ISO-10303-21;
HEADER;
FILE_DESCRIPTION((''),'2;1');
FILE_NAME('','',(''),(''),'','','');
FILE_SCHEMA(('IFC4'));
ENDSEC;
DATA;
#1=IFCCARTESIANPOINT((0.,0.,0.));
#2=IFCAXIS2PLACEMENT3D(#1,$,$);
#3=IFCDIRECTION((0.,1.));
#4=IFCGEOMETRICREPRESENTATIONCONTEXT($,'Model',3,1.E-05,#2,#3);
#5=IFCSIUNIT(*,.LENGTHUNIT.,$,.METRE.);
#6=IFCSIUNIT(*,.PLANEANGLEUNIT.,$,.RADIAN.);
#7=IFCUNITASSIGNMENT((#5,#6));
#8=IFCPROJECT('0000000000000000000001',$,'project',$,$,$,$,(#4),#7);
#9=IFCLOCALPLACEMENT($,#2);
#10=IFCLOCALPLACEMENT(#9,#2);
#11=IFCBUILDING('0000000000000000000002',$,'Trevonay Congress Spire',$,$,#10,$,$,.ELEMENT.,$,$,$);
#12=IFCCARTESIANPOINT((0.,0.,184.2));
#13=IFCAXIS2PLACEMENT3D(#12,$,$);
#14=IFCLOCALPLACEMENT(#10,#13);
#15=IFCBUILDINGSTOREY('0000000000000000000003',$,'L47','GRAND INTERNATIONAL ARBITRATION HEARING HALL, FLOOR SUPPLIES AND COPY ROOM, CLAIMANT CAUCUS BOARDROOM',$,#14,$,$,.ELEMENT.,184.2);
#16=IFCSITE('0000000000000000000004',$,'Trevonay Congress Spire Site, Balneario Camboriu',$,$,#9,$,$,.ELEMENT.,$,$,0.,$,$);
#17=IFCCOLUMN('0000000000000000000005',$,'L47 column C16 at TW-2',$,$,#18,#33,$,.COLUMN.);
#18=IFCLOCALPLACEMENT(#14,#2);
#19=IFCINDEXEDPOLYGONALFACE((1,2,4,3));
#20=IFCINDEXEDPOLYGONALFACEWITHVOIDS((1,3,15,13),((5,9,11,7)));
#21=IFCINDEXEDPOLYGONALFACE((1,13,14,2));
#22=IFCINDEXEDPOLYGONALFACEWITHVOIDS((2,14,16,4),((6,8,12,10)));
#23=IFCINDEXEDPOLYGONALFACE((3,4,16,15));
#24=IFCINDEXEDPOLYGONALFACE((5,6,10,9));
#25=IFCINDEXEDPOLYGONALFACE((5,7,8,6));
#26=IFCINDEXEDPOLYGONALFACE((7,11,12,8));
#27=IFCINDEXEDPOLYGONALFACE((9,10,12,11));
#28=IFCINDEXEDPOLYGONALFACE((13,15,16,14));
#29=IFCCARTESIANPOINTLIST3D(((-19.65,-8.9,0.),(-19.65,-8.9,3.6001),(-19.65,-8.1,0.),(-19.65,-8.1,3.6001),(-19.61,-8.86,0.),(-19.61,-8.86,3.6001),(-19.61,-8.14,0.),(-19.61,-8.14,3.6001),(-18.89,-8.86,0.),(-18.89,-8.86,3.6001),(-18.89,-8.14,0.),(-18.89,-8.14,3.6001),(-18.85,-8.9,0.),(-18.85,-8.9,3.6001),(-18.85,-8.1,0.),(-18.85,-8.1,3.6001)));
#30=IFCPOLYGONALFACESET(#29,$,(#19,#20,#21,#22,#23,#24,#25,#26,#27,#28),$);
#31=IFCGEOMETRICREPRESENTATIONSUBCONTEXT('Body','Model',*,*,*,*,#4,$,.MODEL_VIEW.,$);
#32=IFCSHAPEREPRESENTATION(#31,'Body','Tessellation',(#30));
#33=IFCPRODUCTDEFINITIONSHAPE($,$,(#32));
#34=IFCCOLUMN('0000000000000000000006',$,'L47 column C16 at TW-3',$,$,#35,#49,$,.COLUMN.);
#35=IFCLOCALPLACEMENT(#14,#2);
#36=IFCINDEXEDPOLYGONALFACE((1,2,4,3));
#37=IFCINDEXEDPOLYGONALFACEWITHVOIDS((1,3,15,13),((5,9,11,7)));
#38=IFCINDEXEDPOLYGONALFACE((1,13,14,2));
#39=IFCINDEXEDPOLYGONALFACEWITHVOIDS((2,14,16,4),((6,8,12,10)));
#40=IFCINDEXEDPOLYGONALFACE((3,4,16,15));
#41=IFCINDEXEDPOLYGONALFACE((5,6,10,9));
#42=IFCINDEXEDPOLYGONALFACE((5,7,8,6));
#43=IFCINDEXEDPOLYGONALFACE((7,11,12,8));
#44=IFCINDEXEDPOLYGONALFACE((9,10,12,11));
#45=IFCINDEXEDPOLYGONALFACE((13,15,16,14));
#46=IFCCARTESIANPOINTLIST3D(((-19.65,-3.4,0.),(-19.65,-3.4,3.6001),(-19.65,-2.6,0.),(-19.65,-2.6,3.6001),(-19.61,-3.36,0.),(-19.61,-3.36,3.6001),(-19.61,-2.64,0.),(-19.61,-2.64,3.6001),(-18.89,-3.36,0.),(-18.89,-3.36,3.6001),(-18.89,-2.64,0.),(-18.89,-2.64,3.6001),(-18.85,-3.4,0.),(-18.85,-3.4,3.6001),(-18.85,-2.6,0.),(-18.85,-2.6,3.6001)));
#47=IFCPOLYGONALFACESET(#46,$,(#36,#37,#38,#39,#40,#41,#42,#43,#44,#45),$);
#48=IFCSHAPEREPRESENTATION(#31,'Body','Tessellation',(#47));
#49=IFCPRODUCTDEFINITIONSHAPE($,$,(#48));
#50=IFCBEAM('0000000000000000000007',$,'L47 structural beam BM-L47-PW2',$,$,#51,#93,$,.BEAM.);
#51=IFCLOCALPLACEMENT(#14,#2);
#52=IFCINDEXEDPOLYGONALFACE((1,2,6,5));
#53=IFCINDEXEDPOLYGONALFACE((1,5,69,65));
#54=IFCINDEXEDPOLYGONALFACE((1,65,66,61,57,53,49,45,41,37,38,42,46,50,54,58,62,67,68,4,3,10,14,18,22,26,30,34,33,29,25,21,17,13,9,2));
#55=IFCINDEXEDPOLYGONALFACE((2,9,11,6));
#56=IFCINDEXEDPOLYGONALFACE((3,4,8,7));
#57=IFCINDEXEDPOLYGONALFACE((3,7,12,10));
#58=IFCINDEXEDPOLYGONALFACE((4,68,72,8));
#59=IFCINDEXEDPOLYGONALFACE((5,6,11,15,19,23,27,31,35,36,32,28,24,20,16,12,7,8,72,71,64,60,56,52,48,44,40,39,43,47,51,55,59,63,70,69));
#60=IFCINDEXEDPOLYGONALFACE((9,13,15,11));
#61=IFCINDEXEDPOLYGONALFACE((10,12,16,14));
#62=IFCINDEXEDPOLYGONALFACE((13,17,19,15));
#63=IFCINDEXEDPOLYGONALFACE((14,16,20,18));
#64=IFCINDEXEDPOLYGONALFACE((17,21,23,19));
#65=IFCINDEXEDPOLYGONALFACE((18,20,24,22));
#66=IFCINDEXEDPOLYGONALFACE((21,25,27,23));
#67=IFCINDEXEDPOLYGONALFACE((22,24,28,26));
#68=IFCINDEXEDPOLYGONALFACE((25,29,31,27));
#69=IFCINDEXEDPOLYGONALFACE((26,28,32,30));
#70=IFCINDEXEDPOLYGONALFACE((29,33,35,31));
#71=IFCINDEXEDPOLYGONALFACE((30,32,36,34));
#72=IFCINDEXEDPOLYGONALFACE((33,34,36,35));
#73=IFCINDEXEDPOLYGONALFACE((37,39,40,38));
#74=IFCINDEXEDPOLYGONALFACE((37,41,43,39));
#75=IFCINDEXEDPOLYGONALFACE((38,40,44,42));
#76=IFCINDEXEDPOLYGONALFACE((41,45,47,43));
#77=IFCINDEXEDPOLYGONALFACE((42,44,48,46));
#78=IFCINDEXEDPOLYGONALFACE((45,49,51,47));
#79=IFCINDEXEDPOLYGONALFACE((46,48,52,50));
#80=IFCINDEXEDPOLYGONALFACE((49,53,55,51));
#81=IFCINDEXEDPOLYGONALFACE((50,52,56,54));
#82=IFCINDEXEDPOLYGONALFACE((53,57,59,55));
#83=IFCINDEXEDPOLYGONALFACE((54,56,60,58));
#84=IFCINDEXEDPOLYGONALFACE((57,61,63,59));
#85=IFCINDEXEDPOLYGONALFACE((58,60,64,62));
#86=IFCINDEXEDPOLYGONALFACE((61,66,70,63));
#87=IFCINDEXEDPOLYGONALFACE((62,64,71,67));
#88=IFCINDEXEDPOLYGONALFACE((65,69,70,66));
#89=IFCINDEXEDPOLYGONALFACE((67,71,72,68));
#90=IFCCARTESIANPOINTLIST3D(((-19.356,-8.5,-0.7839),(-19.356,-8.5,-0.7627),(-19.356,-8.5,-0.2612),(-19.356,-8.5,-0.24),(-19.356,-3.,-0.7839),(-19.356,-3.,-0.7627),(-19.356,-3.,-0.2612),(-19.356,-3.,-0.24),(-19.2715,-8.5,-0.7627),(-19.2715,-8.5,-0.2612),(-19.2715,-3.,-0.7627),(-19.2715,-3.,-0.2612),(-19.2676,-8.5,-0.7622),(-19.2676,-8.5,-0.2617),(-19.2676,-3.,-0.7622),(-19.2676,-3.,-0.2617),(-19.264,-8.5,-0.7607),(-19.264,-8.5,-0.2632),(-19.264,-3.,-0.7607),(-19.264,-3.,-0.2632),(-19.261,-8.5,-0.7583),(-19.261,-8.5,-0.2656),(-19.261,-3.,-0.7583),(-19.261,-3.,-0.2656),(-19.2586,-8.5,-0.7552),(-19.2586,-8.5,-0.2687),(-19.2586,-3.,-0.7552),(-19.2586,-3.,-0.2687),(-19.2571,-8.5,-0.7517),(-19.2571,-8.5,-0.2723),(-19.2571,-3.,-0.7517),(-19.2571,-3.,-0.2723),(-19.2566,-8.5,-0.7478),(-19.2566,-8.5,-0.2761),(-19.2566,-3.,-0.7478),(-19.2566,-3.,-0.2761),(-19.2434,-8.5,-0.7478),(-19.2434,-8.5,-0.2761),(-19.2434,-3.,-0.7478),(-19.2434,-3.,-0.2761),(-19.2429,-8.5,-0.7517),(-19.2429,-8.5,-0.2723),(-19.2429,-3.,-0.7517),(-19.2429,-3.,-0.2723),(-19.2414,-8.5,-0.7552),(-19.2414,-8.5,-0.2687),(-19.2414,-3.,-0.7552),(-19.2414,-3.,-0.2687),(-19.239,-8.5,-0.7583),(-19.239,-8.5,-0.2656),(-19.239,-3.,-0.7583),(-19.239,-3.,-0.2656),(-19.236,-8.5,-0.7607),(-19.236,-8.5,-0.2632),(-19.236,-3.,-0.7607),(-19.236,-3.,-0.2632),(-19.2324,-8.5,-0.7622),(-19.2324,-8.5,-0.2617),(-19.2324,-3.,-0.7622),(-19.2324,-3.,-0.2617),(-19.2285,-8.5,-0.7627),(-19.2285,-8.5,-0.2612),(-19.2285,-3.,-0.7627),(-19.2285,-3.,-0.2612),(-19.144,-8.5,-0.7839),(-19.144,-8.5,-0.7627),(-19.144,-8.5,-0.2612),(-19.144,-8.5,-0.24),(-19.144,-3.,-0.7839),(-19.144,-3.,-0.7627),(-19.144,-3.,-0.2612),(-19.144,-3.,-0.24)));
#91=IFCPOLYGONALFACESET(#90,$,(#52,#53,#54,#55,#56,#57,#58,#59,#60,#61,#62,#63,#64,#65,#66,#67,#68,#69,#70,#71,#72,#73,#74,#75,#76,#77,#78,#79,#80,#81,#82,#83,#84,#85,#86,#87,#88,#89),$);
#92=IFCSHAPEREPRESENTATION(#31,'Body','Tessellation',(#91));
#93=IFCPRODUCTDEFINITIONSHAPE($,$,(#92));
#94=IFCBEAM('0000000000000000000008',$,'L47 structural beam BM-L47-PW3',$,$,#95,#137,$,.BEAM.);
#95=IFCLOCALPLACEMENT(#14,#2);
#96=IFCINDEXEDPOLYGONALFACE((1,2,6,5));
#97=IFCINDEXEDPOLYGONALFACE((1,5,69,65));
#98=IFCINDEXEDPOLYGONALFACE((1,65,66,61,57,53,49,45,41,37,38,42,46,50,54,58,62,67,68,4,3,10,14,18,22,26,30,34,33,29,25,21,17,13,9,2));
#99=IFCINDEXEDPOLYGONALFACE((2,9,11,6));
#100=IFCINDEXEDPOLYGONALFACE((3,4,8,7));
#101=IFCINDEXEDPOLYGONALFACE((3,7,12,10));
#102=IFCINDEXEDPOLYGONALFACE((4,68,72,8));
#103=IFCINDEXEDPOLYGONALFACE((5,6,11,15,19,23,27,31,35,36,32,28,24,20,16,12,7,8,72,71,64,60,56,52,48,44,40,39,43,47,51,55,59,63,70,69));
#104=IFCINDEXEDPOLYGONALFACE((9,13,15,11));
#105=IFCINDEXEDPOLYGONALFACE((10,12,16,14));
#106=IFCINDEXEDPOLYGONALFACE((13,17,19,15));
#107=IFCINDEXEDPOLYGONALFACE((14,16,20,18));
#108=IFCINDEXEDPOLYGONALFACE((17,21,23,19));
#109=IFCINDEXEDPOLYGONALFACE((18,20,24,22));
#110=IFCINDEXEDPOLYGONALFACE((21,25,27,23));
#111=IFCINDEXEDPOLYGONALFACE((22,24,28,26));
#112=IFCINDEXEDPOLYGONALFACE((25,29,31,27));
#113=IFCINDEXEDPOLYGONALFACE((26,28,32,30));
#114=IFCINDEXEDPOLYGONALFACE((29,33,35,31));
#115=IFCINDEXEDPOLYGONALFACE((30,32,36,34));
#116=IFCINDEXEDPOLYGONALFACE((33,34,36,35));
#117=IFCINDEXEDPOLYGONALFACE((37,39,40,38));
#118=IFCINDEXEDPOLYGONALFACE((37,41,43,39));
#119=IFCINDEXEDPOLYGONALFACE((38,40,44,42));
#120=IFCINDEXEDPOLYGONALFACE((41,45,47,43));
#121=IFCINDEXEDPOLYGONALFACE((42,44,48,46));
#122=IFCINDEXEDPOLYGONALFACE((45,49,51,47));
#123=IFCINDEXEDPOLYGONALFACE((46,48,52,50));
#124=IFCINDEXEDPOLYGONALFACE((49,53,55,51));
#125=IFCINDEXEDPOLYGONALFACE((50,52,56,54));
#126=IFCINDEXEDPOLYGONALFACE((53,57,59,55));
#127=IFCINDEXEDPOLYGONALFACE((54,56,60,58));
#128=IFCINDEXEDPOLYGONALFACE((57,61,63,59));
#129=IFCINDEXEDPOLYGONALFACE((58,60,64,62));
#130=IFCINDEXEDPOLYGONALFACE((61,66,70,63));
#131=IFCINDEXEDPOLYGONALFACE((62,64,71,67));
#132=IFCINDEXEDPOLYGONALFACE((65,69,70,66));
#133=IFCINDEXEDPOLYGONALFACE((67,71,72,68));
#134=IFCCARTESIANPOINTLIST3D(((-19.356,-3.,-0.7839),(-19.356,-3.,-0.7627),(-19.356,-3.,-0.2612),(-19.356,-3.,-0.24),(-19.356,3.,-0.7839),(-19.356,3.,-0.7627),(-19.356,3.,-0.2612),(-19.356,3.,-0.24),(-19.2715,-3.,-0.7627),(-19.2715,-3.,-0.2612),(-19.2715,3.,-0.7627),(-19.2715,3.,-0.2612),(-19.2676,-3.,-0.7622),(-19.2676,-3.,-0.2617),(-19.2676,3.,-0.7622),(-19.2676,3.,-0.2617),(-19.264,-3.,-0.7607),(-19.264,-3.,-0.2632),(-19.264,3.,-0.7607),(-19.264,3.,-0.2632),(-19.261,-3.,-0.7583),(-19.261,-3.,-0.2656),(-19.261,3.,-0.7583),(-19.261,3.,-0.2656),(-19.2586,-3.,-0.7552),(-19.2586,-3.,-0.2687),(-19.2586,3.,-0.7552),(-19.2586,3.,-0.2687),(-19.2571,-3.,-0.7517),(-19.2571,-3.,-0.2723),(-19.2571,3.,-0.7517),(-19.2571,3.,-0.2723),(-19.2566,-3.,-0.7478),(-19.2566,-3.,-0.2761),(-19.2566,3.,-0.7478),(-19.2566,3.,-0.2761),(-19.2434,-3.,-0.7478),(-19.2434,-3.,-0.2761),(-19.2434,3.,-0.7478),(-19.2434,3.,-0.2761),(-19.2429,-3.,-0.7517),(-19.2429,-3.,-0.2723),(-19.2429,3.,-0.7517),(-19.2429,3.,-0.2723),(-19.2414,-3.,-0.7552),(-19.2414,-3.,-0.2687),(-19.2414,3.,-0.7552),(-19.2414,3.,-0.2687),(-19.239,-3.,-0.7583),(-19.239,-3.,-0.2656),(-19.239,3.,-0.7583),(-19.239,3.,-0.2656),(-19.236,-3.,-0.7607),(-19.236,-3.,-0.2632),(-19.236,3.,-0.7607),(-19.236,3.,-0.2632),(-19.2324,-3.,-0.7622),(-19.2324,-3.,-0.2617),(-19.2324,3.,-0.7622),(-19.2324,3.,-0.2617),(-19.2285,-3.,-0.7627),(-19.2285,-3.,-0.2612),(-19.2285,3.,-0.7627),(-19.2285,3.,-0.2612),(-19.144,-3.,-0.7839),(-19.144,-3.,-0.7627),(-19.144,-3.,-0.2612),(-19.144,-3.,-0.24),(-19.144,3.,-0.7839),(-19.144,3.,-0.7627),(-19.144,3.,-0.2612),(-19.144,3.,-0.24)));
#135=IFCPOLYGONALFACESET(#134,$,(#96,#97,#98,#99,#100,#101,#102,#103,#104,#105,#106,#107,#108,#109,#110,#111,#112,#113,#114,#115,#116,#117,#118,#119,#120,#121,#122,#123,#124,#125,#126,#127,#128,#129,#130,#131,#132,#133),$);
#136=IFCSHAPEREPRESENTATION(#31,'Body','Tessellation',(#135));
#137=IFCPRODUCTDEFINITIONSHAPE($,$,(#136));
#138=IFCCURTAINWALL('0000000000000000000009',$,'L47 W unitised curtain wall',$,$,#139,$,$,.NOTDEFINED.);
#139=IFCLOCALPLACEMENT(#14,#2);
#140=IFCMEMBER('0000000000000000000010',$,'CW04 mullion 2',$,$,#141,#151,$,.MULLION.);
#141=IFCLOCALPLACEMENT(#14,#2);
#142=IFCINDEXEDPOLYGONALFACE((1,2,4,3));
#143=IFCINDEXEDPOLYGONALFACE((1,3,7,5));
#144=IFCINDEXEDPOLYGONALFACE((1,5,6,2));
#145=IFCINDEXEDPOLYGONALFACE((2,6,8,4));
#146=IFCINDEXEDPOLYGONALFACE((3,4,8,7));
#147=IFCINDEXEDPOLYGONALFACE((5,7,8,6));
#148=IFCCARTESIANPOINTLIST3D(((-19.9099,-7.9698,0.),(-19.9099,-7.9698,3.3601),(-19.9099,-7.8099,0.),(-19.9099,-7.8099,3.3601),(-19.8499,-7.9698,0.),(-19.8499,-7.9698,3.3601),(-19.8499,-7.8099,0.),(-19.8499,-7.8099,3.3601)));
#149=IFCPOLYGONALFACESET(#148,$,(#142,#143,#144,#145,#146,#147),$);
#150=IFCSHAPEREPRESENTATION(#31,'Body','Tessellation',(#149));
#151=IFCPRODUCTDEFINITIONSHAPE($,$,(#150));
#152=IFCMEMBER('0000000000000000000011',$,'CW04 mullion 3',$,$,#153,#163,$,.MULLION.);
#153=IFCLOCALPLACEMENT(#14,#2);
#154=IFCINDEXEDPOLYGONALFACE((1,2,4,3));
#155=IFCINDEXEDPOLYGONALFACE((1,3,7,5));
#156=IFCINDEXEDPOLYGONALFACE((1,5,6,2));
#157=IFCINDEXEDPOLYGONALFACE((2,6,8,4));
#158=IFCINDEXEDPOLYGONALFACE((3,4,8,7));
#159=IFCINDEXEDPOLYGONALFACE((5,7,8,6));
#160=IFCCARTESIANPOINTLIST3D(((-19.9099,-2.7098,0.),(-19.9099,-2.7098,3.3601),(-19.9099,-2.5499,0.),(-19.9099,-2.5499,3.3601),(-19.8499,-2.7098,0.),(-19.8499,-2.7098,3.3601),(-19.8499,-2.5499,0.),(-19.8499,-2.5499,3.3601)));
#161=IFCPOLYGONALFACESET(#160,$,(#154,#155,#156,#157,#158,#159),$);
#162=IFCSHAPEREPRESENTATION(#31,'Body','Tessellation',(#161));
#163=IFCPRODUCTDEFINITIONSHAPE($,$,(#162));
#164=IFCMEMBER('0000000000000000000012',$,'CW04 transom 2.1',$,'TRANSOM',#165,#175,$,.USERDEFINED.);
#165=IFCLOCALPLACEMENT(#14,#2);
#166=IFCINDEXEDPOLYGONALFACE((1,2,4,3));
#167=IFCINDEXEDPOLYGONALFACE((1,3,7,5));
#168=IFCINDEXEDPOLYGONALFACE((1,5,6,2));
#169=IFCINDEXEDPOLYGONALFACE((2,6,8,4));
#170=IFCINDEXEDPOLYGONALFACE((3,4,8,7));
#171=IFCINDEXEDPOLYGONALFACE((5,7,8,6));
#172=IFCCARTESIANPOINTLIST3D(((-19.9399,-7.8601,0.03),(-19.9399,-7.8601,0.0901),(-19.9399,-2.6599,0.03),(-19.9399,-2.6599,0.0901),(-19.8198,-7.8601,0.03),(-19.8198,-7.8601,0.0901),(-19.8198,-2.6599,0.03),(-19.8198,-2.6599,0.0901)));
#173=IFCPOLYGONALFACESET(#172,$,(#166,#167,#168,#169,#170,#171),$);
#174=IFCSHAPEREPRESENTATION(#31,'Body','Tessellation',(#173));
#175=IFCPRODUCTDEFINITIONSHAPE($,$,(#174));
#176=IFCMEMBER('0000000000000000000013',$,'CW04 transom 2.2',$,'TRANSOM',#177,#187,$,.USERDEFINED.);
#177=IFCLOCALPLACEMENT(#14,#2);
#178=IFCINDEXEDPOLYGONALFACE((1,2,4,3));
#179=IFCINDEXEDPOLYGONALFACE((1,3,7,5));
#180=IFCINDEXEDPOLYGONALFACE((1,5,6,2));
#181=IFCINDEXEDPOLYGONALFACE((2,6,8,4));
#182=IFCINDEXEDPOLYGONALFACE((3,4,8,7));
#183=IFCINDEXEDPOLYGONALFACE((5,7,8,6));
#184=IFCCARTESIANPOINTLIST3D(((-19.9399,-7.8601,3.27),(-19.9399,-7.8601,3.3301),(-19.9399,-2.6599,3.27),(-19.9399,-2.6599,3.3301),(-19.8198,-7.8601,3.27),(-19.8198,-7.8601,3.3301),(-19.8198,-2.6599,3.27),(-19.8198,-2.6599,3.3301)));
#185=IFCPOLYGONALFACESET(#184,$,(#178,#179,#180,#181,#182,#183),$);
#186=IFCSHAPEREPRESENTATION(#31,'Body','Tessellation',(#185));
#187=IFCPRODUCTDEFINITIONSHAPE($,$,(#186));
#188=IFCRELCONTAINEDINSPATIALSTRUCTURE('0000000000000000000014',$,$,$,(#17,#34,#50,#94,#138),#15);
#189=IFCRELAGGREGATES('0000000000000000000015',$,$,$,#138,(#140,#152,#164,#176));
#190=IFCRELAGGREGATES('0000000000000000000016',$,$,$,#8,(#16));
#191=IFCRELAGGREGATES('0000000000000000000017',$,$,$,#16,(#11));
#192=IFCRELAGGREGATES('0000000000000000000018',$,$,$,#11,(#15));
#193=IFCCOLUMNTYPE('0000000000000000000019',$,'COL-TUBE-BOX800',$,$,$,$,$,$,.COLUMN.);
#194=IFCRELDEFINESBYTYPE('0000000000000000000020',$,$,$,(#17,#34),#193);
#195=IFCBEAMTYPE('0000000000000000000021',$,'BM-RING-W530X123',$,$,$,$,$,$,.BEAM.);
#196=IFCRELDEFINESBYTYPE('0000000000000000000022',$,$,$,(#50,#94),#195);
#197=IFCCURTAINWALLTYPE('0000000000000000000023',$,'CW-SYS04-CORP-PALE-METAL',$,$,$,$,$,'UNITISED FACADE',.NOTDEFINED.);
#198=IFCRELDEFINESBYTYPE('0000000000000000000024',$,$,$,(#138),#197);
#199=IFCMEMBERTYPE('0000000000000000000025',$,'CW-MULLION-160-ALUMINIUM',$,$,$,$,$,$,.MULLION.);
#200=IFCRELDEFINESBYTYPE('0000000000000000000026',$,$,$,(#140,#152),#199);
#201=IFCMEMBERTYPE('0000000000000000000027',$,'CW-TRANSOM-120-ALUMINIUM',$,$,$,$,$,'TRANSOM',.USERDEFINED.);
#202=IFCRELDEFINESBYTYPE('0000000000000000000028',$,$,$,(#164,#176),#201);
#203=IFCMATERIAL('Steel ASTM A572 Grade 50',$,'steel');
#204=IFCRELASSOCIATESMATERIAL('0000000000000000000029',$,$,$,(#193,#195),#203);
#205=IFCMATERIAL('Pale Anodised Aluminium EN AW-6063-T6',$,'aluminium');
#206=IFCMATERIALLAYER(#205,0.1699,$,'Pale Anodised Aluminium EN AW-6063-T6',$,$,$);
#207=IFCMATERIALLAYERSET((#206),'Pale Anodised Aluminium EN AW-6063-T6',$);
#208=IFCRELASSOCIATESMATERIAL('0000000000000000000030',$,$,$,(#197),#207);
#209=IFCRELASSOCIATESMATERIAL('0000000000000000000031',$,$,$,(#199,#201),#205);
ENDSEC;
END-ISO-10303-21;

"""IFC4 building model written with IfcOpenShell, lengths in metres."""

from ifc_helpers import new_model, si_unit, direction, frame, origin, origin_2d, place, context, subcontext, project, spatial, rectangle, hollow_rectangle, i_section, extrude, material, layer, layer_set, material_profile, profile_set, type_object, element, aggregate, save


model = new_model("IFC4")

# Units and contexts
model_context = context("Model", 3, precision=1e-05, world=origin(), true_north=direction((0.0, 1.0)))
body_context = subcontext(model_context, "Body", "Model", "MODEL_VIEW")
ifc_project = project(units=[si_unit("LENGTHUNIT", "METRE"), si_unit("PLANEANGLEUNIT", "RADIAN")], contexts=[model_context])

# Site, building, storey
site_placement = place(None, origin())
site = spatial("IfcSite", under=ifc_project, at=site_placement, Name="Trevonay Congress Spire Site, Balneario Camboriu", CompositionType="ELEMENT", RefElevation=0.0)
building_placement = place(site_placement, origin())
building = spatial("IfcBuilding", under=site, at=building_placement, Name="Trevonay Congress Spire", CompositionType="ELEMENT")
storey_placement = place(building_placement, frame((0.0, 0.0, 184.2)))
storey = spatial("IfcBuildingStorey", under=building, at=storey_placement, Name="L47", Description="GRAND INTERNATIONAL ARBITRATION HEARING HALL, FLOOR SUPPLIES AND COPY ROOM, CLAIMANT CAUCUS BOARDROOM", CompositionType="ELEMENT", Elevation=184.2)

# Columns
ifc_material_1 = material(Name="Steel ASTM A572 Grade 50", Category="steel")
ifc_material_profile_1 = material_profile(ifc_material_1, hollow_rectangle(XDim=0.8, YDim=0.8, WallThickness=0.04, at=origin_2d()), Name="BOX 800x800x40")
ifc_profile_set_1 = profile_set([ifc_material_profile_1], Name="Steel ASTM A572 Grade 50")
column_type = type_object("IfcColumnType", Name="COL-TUBE-BOX800", PredefinedType="COLUMN", material=ifc_profile_set_1)
for number, where, z_axis, x_axis, name in (
    (1, (-19.25, -8.5, 0.0), (0.0, 0.0, 1.0), (1.0, 0.0, 0.0), "L47 column C16 at TW-2"),
    (2, (-19.25, -3.0, 0.0), (0.0, 0.0, 1.0), (1.0, 0.0, 0.0), "L47 column C16 at TW-3"),
):
    element("IfcColumn", number, at=place(storey_placement, frame(where, z_axis=z_axis, x_axis=x_axis)), inside=storey, type_object=column_type, Name=name, PredefinedType="COLUMN", context=body_context, shape_type="SweptSolid", body=[
        extrude(hollow_rectangle(XDim=0.8, YDim=0.8, WallThickness=0.04, at=origin_2d()), origin(), (0.0, 0.0, 1.0), 3.6001),
    ])

# Beams
ifc_material_profile_2 = material_profile(ifc_material_1, i_section(OverallWidth=0.2119, OverallDepth=0.5439, WebThickness=0.0132, FlangeThickness=0.0212, FilletRadius=0.0149, at=origin_2d()), Name="W530x123")
ifc_profile_set_2 = profile_set([ifc_material_profile_2], Name="Steel ASTM A572 Grade 50")
beam_type_1 = type_object("IfcBeamType", Name="BM-RING-W530X123", PredefinedType="BEAM", material=ifc_profile_set_2)
beam_1_placement = place(storey_placement, frame((-19.25, -8.5, -0.512), z_axis=(0.0, 1.0, 0.0), x_axis=(-1.0, 0.0, 0.0)))
element("IfcBeam", 3, at=beam_1_placement, inside=storey, type_object=beam_type_1, Name="L47 structural beam BM-L47-PW2", PredefinedType="BEAM", context=body_context, shape_type="SweptSolid", body=[
    extrude(i_section(OverallWidth=0.2119, OverallDepth=0.5439, WebThickness=0.0132, FlangeThickness=0.0212, FilletRadius=0.0149, at=origin_2d()), origin(), (0.0, 0.0, 1.0), 5.5),
])
beam_2_placement = place(storey_placement, frame((-19.25, -3.0, -0.512), z_axis=(0.0, 1.0, 0.0), x_axis=(-1.0, 0.0, 0.0)))
element("IfcBeam", 4, at=beam_2_placement, inside=storey, type_object=beam_type_1, Name="L47 structural beam BM-L47-PW3", PredefinedType="BEAM", context=body_context, shape_type="SweptSolid", body=[
    extrude(i_section(OverallWidth=0.2119, OverallDepth=0.5439, WebThickness=0.0132, FlangeThickness=0.0212, FilletRadius=0.0149, at=origin_2d()), origin(), (0.0, 0.0, 1.0), 6.0),
])

# Curtain wall, members
ifc_material_2 = material(Name="Pale Anodised Aluminium EN AW-6063-T6", Category="aluminium")
ifc_layer_1 = layer(ifc_material_2, 0.1699, Name="Pale Anodised Aluminium EN AW-6063-T6")
ifc_layer_set_1 = layer_set([ifc_layer_1], Name="Pale Anodised Aluminium EN AW-6063-T6")
curtain_wall_type = type_object("IfcCurtainWallType", Name="CW-SYS04-CORP-PALE-METAL", ElementType="UNITISED FACADE", PredefinedType="NOTDEFINED", material=ifc_layer_set_1)
curtain_wall_placement = place(storey_placement, origin())
curtain_wall = element("IfcCurtainWall", 5, at=curtain_wall_placement, inside=storey, type_object=curtain_wall_type, Name="L47 W unitised curtain wall", PredefinedType="NOTDEFINED")
ifc_material_profile_3 = material_profile(ifc_material_2, rectangle(XDim=0.0601, YDim=0.1599, at=origin_2d()), Name="CW-MULLION-160-ALUMINIUM")
ifc_profile_set_3 = profile_set([ifc_material_profile_3], Name="Pale Anodised Aluminium EN AW-6063-T6")
member_type_1 = type_object("IfcMemberType", Name="CW-MULLION-160-ALUMINIUM", PredefinedType="MULLION", material=ifc_profile_set_3)
member_1_placement = place(storey_placement, frame((-19.8799, -7.8899, 0.0), z_axis=(0.0, 0.0, 1.0), x_axis=(-1.0, 0.0, 0.0)))
member_1 = element("IfcMember", 6, at=member_1_placement, type_object=member_type_1, Name="CW04 mullion 2", PredefinedType="MULLION", context=body_context, shape_type="SweptSolid", body=[
    extrude(rectangle(XDim=0.0601, YDim=0.1599, at=origin_2d()), origin(), (0.0, 0.0, 1.0), 3.3601),
])
member_2_placement = place(storey_placement, frame((-19.8799, -2.6299, 0.0), z_axis=(0.0, 0.0, 1.0), x_axis=(-1.0, 0.0, 0.0)))
member_2 = element("IfcMember", 7, at=member_2_placement, type_object=member_type_1, Name="CW04 mullion 3", PredefinedType="MULLION", context=body_context, shape_type="SweptSolid", body=[
    extrude(rectangle(XDim=0.0601, YDim=0.1599, at=origin_2d()), origin(), (0.0, 0.0, 1.0), 3.3601),
])
ifc_material_profile_4 = material_profile(ifc_material_2, rectangle(XDim=0.1201, YDim=0.0601, at=origin_2d()), Name="CW-TRANSOM-120-ALUMINIUM")
ifc_profile_set_4 = profile_set([ifc_material_profile_4], Name="Pale Anodised Aluminium EN AW-6063-T6")
member_type_2 = type_object("IfcMemberType", Name="CW-TRANSOM-120-ALUMINIUM", ElementType="TRANSOM", PredefinedType="USERDEFINED", material=ifc_profile_set_4)
member_3_placement = place(storey_placement, frame((-19.8799, -7.8601, 0.0601), z_axis=(0.0, 1.0, 0.0), x_axis=(-1.0, 0.0, 0.0)))
member_3 = element("IfcMember", 8, at=member_3_placement, type_object=member_type_2, Name="CW04 transom 2.1", ObjectType="TRANSOM", PredefinedType="USERDEFINED", context=body_context, shape_type="SweptSolid", body=[
    extrude(rectangle(XDim=0.1201, YDim=0.0601, at=origin_2d()), origin(), (0.0, 0.0, 1.0), 5.2002),
])
member_4_placement = place(storey_placement, frame((-19.8799, -7.8601, 3.3), z_axis=(0.0, 1.0, 0.0), x_axis=(-1.0, 0.0, 0.0)))
member_4 = element("IfcMember", 9, at=member_4_placement, type_object=member_type_2, Name="CW04 transom 2.2", ObjectType="TRANSOM", PredefinedType="USERDEFINED", context=body_context, shape_type="SweptSolid", body=[
    extrude(rectangle(XDim=0.1201, YDim=0.0601, at=origin_2d()), origin(), (0.0, 0.0, 1.0), 5.2002),
])

aggregate(curtain_wall, [member_1, member_2, member_3, member_4])

save(model, "model.ifc")
